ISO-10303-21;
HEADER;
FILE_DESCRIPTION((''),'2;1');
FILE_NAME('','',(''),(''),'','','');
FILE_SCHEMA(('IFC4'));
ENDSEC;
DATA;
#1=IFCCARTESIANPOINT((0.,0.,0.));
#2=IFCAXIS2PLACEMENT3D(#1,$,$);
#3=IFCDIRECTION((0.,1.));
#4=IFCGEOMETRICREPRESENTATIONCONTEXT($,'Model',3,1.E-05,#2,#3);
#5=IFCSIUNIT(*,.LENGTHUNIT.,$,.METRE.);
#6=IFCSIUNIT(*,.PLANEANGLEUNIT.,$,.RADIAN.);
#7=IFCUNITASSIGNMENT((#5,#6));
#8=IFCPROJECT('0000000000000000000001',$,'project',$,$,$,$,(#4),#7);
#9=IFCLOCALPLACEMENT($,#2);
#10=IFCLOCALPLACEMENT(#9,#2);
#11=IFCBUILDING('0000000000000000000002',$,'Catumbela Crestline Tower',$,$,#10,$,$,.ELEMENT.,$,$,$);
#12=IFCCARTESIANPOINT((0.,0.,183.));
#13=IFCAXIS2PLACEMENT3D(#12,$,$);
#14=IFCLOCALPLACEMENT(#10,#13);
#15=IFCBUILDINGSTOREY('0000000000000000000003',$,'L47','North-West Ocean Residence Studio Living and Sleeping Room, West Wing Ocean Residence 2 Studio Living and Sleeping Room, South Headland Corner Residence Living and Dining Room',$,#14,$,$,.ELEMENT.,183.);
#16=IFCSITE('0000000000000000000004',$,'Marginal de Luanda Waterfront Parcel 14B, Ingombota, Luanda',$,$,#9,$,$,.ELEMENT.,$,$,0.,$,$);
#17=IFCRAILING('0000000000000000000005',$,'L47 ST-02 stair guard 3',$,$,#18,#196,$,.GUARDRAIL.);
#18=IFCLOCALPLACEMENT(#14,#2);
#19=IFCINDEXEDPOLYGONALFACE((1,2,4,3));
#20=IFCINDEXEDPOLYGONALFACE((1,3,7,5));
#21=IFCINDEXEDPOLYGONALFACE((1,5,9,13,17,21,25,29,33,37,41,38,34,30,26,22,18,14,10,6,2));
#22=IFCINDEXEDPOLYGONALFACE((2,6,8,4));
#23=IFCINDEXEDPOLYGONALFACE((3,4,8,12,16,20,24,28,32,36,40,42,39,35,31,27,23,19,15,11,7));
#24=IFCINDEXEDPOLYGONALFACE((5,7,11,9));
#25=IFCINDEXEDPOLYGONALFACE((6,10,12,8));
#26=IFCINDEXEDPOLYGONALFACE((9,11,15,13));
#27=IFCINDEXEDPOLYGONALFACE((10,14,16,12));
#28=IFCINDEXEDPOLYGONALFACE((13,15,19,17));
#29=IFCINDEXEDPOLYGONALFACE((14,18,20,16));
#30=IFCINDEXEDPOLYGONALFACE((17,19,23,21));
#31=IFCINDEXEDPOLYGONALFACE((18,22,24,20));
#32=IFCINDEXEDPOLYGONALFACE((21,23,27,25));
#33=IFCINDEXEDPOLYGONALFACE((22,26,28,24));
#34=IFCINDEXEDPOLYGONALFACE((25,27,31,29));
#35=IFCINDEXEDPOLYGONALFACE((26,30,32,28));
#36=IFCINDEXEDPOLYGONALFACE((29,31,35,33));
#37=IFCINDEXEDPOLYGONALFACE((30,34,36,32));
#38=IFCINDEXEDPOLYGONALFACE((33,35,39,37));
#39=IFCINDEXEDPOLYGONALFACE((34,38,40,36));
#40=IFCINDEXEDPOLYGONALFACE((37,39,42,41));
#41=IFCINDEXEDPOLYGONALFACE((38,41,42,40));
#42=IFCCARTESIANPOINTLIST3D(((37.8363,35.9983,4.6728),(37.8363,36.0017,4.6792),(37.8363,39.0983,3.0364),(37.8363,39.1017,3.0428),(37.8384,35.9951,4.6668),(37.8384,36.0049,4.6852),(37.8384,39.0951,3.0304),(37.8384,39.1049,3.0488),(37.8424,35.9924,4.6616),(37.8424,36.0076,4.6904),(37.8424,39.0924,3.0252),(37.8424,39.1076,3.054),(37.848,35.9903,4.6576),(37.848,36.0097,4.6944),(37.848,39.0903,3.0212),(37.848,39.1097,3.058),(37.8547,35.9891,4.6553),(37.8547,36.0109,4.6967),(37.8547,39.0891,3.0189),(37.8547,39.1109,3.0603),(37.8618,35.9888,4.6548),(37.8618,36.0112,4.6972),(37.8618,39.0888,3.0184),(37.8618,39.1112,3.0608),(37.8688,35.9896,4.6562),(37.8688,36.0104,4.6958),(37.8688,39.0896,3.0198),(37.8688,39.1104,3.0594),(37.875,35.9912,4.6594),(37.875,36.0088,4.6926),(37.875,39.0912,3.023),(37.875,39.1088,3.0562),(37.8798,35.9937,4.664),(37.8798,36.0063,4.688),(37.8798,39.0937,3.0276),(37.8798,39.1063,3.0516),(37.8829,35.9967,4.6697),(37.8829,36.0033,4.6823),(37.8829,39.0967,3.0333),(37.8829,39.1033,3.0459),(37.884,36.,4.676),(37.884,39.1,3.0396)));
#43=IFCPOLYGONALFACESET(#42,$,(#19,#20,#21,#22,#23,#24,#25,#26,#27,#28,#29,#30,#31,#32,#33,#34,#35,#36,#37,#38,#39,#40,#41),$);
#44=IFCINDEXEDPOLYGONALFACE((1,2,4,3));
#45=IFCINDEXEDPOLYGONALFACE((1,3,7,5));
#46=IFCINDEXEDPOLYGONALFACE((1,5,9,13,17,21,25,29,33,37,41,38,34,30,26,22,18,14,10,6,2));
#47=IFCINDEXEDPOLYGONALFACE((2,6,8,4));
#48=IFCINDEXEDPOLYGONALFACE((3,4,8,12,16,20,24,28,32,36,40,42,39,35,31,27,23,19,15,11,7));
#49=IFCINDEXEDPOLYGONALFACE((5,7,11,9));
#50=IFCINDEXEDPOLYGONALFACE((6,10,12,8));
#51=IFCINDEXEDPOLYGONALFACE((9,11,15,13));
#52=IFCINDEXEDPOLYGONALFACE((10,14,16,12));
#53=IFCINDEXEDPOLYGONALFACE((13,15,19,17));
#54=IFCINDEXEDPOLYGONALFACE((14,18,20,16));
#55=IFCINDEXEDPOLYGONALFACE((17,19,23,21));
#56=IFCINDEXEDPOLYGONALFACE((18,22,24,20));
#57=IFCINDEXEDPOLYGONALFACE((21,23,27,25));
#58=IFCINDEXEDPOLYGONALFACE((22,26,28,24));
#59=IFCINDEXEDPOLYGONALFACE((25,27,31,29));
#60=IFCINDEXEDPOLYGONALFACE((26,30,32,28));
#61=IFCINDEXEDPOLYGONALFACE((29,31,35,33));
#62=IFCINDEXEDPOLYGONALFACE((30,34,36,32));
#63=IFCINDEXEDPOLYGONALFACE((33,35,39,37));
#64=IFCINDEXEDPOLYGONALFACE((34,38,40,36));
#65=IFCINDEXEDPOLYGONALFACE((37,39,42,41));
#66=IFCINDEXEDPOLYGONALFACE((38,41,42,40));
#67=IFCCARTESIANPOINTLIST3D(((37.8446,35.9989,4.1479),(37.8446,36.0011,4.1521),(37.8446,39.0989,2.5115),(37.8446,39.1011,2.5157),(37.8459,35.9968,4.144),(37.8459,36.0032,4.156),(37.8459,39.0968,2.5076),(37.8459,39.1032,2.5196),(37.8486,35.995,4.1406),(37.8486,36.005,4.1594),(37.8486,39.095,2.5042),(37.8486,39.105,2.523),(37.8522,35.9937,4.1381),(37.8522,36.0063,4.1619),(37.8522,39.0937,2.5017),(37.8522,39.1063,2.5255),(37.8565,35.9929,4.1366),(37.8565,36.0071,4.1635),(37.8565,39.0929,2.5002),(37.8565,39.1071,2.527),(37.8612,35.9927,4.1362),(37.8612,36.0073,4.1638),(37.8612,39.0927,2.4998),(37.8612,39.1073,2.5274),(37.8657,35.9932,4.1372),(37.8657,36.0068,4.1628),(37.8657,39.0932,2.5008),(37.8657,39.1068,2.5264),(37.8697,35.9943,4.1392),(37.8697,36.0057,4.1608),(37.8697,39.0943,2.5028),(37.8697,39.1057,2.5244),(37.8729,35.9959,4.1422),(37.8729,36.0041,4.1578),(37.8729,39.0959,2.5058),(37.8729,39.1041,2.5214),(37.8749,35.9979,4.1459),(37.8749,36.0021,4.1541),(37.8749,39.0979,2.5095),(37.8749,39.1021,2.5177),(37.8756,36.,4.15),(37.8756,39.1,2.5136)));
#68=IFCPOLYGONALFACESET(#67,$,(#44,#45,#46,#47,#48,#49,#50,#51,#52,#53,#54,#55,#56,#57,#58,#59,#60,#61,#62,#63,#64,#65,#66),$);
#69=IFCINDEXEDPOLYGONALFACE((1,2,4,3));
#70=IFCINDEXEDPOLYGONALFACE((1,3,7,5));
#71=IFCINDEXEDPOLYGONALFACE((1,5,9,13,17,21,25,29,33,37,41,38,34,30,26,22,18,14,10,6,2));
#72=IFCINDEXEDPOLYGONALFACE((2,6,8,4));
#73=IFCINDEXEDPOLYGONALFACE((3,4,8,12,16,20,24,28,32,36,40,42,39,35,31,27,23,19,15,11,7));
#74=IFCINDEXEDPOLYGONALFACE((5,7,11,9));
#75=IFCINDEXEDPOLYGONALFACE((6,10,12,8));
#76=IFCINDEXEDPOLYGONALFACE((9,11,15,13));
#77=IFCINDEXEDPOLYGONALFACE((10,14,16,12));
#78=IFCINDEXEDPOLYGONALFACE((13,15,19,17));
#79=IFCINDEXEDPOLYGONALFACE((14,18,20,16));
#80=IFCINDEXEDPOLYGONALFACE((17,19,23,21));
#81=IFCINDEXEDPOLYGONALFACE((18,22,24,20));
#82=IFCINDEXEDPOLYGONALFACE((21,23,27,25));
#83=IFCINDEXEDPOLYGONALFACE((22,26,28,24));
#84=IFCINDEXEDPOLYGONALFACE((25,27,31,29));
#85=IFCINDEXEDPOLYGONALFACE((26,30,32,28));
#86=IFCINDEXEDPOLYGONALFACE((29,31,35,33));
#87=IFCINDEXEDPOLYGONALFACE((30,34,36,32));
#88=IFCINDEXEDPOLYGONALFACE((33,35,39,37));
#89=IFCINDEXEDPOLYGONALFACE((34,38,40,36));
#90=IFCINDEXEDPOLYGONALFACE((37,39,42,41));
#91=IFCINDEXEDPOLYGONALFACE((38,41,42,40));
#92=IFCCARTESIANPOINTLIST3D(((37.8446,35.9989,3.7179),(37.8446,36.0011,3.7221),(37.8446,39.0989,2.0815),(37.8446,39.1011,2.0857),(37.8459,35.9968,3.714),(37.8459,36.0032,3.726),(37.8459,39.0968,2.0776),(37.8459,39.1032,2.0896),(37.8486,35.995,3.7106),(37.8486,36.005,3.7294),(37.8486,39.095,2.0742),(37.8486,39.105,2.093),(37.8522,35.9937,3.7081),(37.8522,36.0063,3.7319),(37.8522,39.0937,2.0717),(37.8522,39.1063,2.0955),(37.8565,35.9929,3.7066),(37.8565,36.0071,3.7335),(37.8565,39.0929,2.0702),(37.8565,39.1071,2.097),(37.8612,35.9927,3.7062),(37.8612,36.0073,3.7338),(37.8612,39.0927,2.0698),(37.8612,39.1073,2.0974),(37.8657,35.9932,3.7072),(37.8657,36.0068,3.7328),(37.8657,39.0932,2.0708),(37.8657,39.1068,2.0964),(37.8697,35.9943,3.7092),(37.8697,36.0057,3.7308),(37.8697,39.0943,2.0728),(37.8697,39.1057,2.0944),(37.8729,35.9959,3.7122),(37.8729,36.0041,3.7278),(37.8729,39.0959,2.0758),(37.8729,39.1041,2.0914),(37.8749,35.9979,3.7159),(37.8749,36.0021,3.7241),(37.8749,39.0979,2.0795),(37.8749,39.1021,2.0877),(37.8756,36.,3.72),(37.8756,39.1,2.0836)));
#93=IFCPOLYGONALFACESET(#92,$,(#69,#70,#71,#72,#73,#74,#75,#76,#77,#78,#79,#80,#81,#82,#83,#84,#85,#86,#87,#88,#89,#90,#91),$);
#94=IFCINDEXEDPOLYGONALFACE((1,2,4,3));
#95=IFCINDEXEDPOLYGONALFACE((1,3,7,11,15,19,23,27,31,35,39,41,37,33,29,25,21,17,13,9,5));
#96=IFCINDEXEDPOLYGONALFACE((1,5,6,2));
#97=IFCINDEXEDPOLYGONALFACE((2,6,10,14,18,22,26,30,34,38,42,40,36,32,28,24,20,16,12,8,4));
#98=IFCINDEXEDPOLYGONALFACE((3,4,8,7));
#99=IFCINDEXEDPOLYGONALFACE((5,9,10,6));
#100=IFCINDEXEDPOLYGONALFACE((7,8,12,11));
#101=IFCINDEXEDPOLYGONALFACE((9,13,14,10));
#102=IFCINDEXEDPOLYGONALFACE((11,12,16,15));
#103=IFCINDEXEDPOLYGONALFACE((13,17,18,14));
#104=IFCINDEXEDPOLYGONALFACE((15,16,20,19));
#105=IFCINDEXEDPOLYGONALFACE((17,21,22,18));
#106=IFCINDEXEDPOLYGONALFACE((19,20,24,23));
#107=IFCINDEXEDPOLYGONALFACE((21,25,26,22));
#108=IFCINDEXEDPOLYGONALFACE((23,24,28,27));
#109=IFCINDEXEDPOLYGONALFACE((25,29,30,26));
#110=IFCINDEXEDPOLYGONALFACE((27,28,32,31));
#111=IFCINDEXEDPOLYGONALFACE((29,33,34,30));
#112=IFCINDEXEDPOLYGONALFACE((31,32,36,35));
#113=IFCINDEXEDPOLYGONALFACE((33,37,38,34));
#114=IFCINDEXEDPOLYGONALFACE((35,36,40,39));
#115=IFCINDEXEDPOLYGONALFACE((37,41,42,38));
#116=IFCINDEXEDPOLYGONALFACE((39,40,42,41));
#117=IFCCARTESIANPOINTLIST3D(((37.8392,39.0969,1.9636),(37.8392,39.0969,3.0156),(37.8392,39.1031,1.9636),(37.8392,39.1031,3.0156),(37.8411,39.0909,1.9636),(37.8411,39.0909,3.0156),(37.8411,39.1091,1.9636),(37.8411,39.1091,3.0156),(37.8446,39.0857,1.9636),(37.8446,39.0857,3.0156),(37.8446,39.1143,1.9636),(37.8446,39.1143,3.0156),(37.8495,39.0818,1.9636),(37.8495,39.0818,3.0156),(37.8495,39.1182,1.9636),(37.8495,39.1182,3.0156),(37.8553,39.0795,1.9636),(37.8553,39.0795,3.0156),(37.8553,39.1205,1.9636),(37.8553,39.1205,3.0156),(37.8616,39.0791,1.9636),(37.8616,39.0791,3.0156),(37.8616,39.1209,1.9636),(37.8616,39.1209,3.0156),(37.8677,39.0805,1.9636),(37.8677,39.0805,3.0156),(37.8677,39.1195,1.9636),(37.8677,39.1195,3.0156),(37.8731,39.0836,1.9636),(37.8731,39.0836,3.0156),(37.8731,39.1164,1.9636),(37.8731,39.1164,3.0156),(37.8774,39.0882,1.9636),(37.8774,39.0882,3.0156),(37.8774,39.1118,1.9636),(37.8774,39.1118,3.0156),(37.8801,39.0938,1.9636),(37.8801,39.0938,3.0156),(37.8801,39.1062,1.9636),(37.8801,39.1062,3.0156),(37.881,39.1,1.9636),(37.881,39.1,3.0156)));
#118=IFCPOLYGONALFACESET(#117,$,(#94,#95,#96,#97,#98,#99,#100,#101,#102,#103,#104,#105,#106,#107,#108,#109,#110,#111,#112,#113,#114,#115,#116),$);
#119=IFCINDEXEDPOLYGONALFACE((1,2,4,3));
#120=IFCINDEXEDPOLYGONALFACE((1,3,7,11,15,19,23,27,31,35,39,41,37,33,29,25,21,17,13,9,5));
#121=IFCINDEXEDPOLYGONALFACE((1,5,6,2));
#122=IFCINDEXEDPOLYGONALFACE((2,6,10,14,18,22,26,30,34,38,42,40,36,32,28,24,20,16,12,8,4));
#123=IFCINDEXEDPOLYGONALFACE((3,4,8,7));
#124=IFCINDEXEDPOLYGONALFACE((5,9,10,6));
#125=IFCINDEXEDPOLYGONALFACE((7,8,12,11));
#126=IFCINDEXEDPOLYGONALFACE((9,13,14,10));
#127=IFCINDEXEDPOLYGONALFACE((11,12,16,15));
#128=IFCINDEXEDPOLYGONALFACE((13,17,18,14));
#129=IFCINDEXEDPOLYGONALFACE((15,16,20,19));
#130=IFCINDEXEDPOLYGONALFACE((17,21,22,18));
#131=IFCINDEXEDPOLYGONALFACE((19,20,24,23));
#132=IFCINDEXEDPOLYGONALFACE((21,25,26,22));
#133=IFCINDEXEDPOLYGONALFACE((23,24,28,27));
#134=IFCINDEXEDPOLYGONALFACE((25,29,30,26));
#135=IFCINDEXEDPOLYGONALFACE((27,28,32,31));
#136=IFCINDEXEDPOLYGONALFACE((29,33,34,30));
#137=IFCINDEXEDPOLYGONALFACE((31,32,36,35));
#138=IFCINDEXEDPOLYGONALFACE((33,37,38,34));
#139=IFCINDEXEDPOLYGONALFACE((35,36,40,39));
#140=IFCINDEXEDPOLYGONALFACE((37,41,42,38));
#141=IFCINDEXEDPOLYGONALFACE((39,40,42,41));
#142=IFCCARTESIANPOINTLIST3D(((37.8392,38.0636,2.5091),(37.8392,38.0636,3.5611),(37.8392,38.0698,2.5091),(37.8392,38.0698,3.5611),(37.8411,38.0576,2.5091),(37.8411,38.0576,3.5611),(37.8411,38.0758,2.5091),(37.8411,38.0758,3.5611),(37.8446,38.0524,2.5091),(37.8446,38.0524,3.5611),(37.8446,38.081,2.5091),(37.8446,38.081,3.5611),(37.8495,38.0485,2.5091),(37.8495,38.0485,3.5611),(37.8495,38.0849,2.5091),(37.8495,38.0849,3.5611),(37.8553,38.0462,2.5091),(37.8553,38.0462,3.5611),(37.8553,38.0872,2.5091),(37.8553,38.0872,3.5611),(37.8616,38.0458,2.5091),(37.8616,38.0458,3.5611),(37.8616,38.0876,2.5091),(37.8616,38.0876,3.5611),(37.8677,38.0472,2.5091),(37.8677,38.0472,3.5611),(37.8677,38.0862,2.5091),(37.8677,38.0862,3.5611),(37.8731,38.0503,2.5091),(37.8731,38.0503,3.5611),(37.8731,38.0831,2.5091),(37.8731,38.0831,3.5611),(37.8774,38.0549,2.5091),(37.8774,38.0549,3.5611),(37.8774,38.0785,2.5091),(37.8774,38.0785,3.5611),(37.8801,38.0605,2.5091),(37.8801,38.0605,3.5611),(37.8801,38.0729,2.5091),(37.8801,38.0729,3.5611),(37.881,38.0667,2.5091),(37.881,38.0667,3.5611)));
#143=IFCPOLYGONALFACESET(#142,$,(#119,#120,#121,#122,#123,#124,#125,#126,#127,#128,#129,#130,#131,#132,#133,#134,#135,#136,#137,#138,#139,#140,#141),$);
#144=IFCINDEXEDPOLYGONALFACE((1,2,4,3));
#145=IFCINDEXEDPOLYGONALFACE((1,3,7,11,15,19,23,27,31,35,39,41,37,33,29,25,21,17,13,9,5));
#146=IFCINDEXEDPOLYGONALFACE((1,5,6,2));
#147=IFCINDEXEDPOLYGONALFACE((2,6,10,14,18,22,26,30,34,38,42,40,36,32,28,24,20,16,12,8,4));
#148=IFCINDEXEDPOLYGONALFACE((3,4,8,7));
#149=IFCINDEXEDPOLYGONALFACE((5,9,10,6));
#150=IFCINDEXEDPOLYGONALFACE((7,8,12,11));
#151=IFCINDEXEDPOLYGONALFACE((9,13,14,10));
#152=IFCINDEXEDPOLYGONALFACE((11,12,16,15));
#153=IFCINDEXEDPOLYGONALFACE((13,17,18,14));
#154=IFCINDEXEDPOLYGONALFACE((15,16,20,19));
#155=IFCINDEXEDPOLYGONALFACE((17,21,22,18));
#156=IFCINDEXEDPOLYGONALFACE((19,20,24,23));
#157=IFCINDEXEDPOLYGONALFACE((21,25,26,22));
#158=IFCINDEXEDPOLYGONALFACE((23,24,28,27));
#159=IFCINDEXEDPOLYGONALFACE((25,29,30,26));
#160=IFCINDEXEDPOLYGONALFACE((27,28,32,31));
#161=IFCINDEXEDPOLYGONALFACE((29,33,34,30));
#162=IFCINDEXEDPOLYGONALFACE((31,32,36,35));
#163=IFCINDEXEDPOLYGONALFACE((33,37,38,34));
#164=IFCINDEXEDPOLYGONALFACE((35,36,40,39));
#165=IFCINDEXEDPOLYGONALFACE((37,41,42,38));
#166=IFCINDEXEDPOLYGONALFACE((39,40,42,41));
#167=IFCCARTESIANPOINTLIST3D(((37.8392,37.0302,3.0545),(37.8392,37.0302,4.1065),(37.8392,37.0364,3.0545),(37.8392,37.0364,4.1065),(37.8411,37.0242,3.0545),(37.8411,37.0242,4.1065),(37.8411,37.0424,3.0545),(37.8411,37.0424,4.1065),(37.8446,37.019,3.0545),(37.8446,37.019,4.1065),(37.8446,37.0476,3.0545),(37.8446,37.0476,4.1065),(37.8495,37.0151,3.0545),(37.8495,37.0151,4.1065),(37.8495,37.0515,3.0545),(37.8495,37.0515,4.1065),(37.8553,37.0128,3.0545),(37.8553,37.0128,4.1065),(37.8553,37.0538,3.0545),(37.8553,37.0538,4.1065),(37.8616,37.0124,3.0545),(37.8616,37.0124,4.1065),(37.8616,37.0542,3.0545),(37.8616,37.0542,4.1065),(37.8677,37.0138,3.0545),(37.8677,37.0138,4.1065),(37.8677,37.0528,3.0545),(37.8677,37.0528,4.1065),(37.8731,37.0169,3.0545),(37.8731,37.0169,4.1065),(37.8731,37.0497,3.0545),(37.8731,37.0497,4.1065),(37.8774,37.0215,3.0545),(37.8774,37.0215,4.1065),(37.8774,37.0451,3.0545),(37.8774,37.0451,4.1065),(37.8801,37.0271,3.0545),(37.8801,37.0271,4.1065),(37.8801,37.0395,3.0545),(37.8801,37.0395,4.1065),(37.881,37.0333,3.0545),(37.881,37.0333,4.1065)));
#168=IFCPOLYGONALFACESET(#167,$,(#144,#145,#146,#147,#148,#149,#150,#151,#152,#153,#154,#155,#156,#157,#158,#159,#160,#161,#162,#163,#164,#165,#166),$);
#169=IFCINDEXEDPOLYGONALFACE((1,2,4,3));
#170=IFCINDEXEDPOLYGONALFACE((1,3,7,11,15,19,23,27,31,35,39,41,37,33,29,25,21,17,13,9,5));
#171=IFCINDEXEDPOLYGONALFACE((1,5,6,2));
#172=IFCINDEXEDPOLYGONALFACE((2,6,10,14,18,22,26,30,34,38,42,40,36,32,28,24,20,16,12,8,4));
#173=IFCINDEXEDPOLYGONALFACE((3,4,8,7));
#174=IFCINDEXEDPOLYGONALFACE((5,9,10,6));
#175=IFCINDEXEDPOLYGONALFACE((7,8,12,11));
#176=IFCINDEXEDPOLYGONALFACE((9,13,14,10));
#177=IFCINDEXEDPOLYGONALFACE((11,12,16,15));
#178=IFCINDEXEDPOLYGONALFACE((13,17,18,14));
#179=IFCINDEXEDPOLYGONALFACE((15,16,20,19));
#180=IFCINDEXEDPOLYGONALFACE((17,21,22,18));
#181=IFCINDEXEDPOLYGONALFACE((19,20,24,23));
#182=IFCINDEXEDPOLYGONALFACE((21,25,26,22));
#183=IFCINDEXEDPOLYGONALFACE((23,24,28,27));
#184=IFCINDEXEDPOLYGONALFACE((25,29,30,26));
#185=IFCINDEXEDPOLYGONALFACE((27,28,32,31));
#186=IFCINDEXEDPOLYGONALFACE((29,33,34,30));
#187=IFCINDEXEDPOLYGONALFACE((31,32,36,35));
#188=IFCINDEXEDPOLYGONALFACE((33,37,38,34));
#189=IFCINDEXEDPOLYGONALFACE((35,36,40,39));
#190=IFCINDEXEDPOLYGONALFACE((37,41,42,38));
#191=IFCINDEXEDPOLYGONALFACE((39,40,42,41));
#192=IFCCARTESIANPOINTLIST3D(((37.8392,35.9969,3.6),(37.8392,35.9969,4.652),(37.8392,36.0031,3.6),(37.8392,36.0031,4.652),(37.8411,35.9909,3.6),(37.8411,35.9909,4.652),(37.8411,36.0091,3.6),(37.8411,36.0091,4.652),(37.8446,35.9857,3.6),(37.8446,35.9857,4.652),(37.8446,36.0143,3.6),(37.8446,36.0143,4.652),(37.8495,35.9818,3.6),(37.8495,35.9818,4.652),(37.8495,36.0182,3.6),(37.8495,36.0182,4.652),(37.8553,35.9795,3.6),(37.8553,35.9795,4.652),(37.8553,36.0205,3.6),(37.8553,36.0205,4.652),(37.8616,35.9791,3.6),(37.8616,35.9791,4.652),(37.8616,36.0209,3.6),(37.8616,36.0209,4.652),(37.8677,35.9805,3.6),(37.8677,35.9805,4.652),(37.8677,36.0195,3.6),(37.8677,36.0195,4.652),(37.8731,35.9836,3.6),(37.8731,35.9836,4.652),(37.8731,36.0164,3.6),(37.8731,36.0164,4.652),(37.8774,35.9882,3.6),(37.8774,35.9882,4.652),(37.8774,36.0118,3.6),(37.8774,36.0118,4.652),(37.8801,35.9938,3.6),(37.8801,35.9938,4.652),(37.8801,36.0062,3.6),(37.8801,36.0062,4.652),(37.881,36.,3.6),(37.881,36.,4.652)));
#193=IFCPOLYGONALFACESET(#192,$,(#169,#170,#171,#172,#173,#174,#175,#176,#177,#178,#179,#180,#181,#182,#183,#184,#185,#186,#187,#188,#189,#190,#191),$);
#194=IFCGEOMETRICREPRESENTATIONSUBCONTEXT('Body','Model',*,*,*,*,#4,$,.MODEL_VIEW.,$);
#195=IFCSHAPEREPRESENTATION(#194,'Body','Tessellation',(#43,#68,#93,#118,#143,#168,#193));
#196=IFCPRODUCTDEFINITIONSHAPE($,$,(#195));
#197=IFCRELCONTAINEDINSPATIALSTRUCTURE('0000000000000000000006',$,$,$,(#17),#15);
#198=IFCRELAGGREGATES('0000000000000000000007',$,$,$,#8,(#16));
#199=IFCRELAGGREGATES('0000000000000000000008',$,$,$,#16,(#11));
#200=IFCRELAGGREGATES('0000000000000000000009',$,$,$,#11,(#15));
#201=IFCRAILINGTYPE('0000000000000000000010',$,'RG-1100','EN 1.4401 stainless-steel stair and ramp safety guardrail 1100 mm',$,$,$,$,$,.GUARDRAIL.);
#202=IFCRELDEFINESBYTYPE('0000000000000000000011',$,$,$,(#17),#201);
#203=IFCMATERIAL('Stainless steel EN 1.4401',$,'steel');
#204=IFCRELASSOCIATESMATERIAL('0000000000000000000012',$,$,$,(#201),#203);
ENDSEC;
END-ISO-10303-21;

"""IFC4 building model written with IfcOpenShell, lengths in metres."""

from ifc_helpers import new_model, si_unit, direction, frame, origin, origin_2d, place, context, subcontext, project, spatial, circle, extrude, material, type_object, element, save


model = new_model("IFC4")

# Units and contexts
model_context = context("Model", 3, precision=1e-05, world=origin(), true_north=direction((0.0, 1.0)))
body_context = subcontext(model_context, "Body", "Model", "MODEL_VIEW")
ifc_project = project(units=[si_unit("LENGTHUNIT", "METRE"), si_unit("PLANEANGLEUNIT", "RADIAN")], contexts=[model_context])

# Site, building, storey
site_placement = place(None, origin())
site = spatial("IfcSite", under=ifc_project, at=site_placement, Name="Marginal de Luanda Waterfront Parcel 14B, Ingombota, Luanda", CompositionType="ELEMENT", RefElevation=0.0)
building_placement = place(site_placement, origin())
building = spatial("IfcBuilding", under=site, at=building_placement, Name="Catumbela Crestline Tower", CompositionType="ELEMENT")
storey_placement = place(building_placement, frame((0.0, 0.0, 183.0)))
storey = spatial("IfcBuildingStorey", under=building, at=storey_placement, Name="L47", Description="North-West Ocean Residence Studio Living and Sleeping Room, West Wing Ocean Residence 2 Studio Living and Sleeping Room, South Headland Corner Residence Living and Dining Room", CompositionType="ELEMENT", Elevation=183.0)

# Shared definitions
ifc_material_1 = material(Name="Stainless steel EN 1.4401", Category="steel")

# Railing
railing_type_1 = type_object("IfcRailingType", Name="RG-1100", Description="EN 1.4401 stainless-steel stair and ramp safety guardrail 1100 mm", PredefinedType="GUARDRAIL", material=ifc_material_1)
railing_1_placement = place(storey_placement, frame((37.86, 39.1, 1.9636)))
element("IfcRailing", 1, at=railing_1_placement, inside=storey, type_object=railing_type_1, Name="L47 ST-02 stair guard 3", PredefinedType="GUARDRAIL", context=body_context, shape_type="SweptSolid", body=[
    extrude(circle(Radius=0.024, at=origin_2d()), frame((0.0, 0.0, 1.076), z_axis=(0.0, -0.884351, 0.466823), x_axis=(1.0, 0.0, 0.0)), (0.0, 0.0, 1.0), 3.5054),
    extrude(circle(Radius=0.0156, at=origin_2d()), frame((0.0, 0.0, 0.55), z_axis=(0.0, -0.884351, 0.466823), x_axis=(1.0, 0.0, 0.0)), (0.0, 0.0, 1.0), 3.5054),
    extrude(circle(Radius=0.0156, at=origin_2d()), frame((0.0, 0.0, 0.12), z_axis=(0.0, -0.884351, 0.466823), x_axis=(1.0, 0.0, 0.0)), (0.0, 0.0, 1.0), 3.5054),
    extrude(circle(Radius=0.021, at=origin_2d()), origin(), (0.0, 0.0, 1.0), 1.052),
    extrude(circle(Radius=0.021, at=origin_2d()), frame((0.0, -1.0333, 0.5455)), (0.0, 0.0, 1.0), 1.052),
    extrude(circle(Radius=0.021, at=origin_2d()), frame((0.0, -2.0667, 1.0909)), (0.0, 0.0, 1.0), 1.052),
    extrude(circle(Radius=0.021, at=origin_2d()), frame((0.0, -3.1, 1.6364)), (0.0, 0.0, 1.0), 1.052),
])

save(model, "model.ifc")
